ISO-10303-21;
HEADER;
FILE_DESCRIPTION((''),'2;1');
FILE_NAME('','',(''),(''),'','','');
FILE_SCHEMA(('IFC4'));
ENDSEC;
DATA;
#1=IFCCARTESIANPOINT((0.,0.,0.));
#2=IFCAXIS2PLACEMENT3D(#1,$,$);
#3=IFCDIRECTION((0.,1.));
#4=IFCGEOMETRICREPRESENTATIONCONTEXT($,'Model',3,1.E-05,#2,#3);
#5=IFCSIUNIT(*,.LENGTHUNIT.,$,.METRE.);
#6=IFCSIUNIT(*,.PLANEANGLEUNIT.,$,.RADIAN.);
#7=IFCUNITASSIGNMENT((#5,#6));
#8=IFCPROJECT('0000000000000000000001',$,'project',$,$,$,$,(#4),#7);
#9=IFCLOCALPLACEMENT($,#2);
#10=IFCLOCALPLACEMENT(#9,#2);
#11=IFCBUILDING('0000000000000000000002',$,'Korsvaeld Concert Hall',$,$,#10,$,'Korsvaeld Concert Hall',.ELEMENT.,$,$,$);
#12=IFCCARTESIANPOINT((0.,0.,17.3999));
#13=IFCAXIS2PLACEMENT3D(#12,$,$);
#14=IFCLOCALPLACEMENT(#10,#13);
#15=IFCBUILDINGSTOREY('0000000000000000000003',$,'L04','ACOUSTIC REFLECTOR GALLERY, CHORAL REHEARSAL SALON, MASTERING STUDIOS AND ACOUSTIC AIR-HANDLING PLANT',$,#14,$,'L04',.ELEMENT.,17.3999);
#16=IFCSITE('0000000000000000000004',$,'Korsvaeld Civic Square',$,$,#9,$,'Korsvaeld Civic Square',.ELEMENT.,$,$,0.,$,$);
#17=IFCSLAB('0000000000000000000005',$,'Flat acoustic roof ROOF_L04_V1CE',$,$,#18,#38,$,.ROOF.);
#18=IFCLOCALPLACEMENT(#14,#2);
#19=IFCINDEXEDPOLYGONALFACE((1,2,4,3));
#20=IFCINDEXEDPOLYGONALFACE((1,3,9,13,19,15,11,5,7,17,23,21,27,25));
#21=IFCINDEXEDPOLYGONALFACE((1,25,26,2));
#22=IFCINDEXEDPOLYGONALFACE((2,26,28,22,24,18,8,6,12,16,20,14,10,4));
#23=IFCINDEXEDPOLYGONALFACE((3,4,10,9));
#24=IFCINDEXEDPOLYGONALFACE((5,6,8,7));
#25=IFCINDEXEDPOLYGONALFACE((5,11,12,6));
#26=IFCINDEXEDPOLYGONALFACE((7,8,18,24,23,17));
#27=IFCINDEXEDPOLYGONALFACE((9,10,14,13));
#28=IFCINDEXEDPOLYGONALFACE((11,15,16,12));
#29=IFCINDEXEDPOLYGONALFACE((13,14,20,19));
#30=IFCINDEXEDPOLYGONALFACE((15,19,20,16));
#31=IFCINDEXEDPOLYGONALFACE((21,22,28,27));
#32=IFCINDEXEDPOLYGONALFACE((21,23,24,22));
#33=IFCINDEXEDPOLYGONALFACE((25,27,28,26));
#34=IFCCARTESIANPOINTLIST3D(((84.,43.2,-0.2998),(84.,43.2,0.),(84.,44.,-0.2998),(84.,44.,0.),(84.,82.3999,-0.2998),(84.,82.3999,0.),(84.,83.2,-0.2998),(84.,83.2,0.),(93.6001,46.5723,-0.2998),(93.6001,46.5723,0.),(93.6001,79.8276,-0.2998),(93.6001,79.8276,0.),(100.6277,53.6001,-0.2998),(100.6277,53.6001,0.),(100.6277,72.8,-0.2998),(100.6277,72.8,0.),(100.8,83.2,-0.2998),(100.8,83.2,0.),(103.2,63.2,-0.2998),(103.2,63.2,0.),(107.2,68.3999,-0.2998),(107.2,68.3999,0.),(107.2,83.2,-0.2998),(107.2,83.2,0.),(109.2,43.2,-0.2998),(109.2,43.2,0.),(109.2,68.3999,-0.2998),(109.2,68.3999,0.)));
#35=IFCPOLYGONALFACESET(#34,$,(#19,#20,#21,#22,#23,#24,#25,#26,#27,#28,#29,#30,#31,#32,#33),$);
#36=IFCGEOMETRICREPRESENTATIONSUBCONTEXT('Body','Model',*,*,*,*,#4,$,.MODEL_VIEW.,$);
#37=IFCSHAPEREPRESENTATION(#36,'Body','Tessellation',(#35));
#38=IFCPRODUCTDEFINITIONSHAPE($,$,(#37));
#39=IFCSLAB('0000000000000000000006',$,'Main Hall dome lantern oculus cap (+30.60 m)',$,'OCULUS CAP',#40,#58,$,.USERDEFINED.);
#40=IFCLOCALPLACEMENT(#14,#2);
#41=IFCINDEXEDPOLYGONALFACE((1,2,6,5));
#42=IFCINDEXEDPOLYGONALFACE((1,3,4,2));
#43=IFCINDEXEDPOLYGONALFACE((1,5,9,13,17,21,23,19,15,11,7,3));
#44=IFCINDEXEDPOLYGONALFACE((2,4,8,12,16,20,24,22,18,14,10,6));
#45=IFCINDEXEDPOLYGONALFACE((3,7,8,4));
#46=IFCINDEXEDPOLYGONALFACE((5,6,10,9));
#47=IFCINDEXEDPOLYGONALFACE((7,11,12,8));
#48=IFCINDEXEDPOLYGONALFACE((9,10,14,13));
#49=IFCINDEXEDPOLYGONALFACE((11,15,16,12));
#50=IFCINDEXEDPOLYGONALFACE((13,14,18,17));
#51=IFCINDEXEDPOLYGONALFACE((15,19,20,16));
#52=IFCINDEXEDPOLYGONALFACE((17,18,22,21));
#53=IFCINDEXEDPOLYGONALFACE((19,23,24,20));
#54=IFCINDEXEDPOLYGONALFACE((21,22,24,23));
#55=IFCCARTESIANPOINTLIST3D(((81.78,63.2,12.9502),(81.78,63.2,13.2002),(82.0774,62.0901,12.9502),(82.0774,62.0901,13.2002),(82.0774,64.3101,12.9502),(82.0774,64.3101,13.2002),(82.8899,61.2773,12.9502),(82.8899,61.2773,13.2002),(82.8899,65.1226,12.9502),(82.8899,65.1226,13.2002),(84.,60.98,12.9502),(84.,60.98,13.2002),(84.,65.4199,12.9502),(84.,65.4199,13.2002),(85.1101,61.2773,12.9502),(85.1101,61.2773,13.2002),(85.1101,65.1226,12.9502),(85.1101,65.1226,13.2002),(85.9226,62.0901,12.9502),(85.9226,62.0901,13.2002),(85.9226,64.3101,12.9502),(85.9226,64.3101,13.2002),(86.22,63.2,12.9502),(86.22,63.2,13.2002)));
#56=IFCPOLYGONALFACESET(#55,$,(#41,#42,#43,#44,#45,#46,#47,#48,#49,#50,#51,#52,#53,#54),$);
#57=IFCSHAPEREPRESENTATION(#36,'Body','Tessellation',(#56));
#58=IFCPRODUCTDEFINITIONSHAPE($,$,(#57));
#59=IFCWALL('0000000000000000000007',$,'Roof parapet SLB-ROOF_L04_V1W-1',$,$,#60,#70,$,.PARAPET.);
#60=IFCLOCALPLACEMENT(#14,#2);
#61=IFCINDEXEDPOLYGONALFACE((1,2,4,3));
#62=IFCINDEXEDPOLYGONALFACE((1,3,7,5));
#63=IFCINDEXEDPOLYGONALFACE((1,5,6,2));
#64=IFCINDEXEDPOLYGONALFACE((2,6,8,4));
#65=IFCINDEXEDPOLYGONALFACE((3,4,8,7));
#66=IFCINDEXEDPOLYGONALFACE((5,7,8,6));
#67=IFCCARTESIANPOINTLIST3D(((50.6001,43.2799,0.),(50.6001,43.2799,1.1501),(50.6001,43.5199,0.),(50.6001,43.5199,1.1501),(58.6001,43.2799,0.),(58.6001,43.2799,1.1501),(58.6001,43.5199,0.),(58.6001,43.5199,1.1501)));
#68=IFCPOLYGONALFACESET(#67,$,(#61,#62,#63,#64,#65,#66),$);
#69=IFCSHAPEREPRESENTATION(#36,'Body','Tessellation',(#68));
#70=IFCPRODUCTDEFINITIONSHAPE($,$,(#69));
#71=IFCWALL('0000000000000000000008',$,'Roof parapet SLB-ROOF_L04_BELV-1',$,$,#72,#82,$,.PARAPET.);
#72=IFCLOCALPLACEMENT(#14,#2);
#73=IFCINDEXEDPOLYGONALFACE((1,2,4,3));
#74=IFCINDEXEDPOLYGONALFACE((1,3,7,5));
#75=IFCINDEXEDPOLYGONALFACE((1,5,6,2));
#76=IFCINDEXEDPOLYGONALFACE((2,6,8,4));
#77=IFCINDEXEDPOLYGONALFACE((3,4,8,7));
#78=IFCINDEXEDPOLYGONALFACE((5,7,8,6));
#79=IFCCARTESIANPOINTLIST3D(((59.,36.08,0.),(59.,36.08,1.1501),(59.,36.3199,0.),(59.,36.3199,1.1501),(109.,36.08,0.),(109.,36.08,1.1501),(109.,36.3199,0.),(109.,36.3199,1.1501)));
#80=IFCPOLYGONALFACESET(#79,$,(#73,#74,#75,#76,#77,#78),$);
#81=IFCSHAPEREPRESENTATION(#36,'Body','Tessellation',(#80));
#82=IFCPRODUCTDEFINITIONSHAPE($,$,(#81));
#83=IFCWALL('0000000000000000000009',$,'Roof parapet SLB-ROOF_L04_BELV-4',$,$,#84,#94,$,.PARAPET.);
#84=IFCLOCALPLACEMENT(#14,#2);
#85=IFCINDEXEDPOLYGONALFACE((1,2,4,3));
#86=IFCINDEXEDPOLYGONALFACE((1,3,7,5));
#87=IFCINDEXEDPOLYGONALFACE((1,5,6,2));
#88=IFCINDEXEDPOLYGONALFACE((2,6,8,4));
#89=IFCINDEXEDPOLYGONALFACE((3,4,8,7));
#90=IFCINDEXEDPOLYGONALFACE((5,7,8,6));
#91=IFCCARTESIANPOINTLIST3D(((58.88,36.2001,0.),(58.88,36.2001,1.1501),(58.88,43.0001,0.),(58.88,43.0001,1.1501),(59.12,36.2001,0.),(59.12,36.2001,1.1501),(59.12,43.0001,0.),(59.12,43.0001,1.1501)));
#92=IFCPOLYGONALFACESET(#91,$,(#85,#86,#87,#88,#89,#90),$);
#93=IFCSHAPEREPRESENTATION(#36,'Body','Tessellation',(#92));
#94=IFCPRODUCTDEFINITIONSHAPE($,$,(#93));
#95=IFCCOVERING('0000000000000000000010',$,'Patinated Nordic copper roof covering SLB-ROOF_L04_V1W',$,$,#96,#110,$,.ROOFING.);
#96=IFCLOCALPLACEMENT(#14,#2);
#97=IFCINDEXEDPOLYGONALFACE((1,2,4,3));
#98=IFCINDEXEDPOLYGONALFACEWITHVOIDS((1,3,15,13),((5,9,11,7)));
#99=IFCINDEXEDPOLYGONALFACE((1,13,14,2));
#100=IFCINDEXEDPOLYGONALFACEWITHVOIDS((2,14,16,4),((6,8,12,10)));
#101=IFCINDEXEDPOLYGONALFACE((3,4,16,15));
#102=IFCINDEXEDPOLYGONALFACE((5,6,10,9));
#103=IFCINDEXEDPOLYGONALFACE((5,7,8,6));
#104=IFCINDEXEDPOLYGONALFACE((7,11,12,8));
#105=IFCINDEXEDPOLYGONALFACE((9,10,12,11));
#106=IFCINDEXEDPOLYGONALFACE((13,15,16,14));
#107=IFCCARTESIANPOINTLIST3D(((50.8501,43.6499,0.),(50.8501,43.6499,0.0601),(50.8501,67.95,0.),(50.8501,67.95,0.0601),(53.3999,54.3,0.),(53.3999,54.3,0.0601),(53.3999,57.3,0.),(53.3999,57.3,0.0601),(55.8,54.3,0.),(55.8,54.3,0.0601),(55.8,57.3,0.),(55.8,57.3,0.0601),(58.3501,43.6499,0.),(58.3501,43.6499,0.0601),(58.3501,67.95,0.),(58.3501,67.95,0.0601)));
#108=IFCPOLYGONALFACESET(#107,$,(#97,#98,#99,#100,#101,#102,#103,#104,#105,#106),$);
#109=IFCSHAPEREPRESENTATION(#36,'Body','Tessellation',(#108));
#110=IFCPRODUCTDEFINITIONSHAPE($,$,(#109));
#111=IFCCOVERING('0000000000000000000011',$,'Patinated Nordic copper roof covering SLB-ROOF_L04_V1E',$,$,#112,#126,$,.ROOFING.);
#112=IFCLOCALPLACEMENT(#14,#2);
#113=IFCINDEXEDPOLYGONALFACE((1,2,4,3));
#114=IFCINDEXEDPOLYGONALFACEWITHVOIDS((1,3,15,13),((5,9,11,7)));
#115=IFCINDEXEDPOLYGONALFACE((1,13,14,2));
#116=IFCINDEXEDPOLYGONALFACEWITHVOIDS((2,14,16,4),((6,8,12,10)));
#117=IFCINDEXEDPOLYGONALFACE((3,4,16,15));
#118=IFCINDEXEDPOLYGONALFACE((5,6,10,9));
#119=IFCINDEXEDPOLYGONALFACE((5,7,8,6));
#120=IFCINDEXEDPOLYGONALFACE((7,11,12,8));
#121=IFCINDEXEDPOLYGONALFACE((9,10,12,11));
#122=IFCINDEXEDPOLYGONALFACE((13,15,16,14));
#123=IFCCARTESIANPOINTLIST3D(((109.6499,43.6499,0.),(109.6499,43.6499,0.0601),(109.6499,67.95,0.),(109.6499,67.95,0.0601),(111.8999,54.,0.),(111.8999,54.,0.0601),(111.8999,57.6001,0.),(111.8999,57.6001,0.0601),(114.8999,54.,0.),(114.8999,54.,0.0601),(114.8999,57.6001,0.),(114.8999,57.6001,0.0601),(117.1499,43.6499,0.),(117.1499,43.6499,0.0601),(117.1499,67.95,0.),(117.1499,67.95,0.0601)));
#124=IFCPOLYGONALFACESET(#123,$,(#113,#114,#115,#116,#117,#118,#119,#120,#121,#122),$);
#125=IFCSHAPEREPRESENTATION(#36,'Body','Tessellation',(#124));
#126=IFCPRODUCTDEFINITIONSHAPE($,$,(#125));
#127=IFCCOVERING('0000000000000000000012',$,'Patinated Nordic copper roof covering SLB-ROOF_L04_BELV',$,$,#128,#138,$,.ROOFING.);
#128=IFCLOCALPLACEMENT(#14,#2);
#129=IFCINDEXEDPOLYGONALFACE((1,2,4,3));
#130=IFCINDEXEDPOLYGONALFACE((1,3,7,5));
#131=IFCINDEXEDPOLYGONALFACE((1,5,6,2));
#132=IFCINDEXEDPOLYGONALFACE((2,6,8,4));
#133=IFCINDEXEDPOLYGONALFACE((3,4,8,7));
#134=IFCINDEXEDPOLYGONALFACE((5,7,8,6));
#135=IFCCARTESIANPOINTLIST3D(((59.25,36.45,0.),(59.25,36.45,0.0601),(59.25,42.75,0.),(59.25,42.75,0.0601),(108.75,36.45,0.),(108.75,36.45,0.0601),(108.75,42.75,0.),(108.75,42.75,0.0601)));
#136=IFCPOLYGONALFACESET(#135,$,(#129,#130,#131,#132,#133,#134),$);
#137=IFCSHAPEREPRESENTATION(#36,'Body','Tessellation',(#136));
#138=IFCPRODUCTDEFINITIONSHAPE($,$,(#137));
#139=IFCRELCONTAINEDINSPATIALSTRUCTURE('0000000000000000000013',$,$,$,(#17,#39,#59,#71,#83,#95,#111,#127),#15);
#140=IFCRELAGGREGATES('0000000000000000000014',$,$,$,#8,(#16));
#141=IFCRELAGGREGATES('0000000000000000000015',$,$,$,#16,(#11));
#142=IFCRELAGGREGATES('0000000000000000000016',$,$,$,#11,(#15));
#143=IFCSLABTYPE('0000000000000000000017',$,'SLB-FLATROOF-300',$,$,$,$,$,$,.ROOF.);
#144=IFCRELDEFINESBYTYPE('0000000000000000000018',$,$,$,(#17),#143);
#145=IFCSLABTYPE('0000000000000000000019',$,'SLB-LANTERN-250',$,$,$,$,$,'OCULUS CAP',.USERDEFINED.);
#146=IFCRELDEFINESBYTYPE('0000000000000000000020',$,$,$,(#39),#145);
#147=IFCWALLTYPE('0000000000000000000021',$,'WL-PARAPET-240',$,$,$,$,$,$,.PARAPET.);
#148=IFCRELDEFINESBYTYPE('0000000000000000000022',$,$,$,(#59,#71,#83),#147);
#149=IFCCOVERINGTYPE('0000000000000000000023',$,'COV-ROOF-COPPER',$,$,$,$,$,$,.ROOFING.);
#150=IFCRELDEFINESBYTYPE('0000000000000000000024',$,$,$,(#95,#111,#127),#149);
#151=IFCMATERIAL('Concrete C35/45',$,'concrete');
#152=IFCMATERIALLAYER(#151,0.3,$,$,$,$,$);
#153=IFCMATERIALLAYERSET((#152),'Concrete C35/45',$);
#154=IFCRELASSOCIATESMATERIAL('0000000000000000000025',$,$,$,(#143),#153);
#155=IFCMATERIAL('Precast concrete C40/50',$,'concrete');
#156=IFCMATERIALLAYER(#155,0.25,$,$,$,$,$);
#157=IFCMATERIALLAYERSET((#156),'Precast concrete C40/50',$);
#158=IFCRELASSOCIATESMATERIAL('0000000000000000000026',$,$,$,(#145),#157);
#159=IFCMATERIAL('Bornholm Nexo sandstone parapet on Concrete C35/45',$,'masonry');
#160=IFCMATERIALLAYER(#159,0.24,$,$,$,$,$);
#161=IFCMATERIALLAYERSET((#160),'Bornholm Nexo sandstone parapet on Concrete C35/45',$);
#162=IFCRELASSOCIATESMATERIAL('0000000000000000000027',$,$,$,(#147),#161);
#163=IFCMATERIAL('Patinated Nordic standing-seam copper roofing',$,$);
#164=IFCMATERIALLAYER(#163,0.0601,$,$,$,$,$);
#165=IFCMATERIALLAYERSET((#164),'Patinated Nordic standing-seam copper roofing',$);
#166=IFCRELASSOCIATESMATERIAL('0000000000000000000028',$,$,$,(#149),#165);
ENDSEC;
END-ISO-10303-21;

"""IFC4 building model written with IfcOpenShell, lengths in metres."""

from ifc_helpers import new_model, si_unit, direction, frame, frame_2d, origin, place, context, subcontext, project, spatial, polyline, rectangle, outline, extrude, material, layer, layer_set, type_object, element, save


model = new_model("IFC4")

# Units and contexts
model_context = context("Model", 3, precision=1e-05, world=origin(), true_north=direction((0.0, 1.0)))
body_context = subcontext(model_context, "Body", "Model", "MODEL_VIEW")
ifc_project = project(units=[si_unit("LENGTHUNIT", "METRE"), si_unit("PLANEANGLEUNIT", "RADIAN")], contexts=[model_context])

# Site, building, storey
site_placement = place(None, origin())
site = spatial("IfcSite", under=ifc_project, at=site_placement, Name="Korsvaeld Civic Square", LongName="Korsvaeld Civic Square", CompositionType="ELEMENT", RefElevation=0.0)
building_placement = place(site_placement, origin())
building = spatial("IfcBuilding", under=site, at=building_placement, Name="Korsvaeld Concert Hall", LongName="Korsvaeld Concert Hall", CompositionType="ELEMENT")
storey_placement = place(building_placement, frame((0.0, 0.0, 17.3999)))
storey = spatial("IfcBuildingStorey", under=building, at=storey_placement, Name="L04", Description="ACOUSTIC REFLECTOR GALLERY, CHORAL REHEARSAL SALON, MASTERING STUDIOS AND ACOUSTIC AIR-HANDLING PLANT", LongName="L04", CompositionType="ELEMENT", Elevation=17.3999)

# Slabs
ifc_material_1 = material(Name="Precast concrete C40/50", Category="concrete")
ifc_material_2 = material(Name="Concrete C35/45", Category="concrete")
ifc_layer_1 = layer(ifc_material_2, 0.3)
ifc_layer_set_1 = layer_set([ifc_layer_1], Name="Concrete C35/45")
slab_type_1 = type_object("IfcSlabType", Name="SLB-FLATROOF-300", PredefinedType="ROOF", material=ifc_layer_set_1)
slab_1_placement = place(storey_placement, frame((0.0, 0.0, -0.2998)))
element("IfcSlab", 1, at=slab_1_placement, inside=storey, type_object=slab_type_1, Name="Flat acoustic roof ROOF_L04_V1CE", PredefinedType="ROOF", context=body_context, shape_type="SweptSolid", body=[
    extrude(outline(polyline([(107.2, 68.3999), (109.2, 68.3999), (109.2, 43.2), (84.0, 43.2), (84.0, 44.0), (93.6001, 46.5723), (100.6277, 53.6001), (103.2, 63.2), (100.6277, 72.8), (93.6001, 79.8276), (84.0, 82.3999), (84.0, 83.2), (100.8, 83.2), (107.2, 83.2), (107.2, 68.3999)])), origin(), (0.0, 0.0, 1.0), 0.2998),
])
ifc_layer_2 = layer(ifc_material_1, 0.25)
ifc_layer_set_2 = layer_set([ifc_layer_2], Name="Precast concrete C40/50")
slab_type_2 = type_object("IfcSlabType", Name="SLB-LANTERN-250", ElementType="OCULUS CAP", PredefinedType="USERDEFINED", material=ifc_layer_set_2)
slab_2_placement = place(storey_placement, frame((0.0, 0.0, 12.9502)))
element("IfcSlab", 2, at=slab_2_placement, inside=storey, type_object=slab_type_2, Name="Main Hall dome lantern oculus cap (+30.60 m)", ObjectType="OCULUS CAP", PredefinedType="USERDEFINED", context=body_context, shape_type="SweptSolid", body=[
    extrude(outline(polyline([(86.22, 63.2), (85.9226, 64.3101), (85.1101, 65.1226), (84.0, 65.4199), (82.8899, 65.1226), (82.0774, 64.3101), (81.78, 63.2), (82.0774, 62.0901), (82.8899, 61.2773), (84.0, 60.98), (85.1101, 61.2773), (85.9226, 62.0901), (86.22, 63.2)])), origin(), (0.0, 0.0, 1.0), 0.25),
])

# Walls
ifc_material_3 = material(Name="Bornholm Nexo sandstone parapet on Concrete C35/45", Category="masonry")
ifc_layer_3 = layer(ifc_material_3, 0.24)
ifc_layer_set_3 = layer_set([ifc_layer_3], Name="Bornholm Nexo sandstone parapet on Concrete C35/45")
wall_type = type_object("IfcWallType", Name="WL-PARAPET-240", PredefinedType="PARAPET", material=ifc_layer_set_3)
wall_1_placement = place(storey_placement, frame((50.6001, 43.3999, 0.0), z_axis=(0.0, 0.0, 1.0), x_axis=(1.0, 0.0, 0.0)))
element("IfcWall", 3, at=wall_1_placement, inside=storey, type_object=wall_type, Name="Roof parapet SLB-ROOF_L04_V1W-1", PredefinedType="PARAPET", context=body_context, shape_type="SweptSolid", body=[
    extrude(rectangle(XDim=8.0, YDim=0.24, at=frame_2d((4.0, 0.0))), origin(), (0.0, 0.0, 1.0), 1.1501),
])
wall_2_placement = place(storey_placement, frame((59.0, 36.2, 0.0), z_axis=(0.0, 0.0, 1.0), x_axis=(1.0, 0.0, 0.0)))
element("IfcWall", 4, at=wall_2_placement, inside=storey, type_object=wall_type, Name="Roof parapet SLB-ROOF_L04_BELV-1", PredefinedType="PARAPET", context=body_context, shape_type="SweptSolid", body=[
    extrude(rectangle(XDim=50.0, YDim=0.24, at=frame_2d((25.0, 0.0))), origin(), (0.0, 0.0, 1.0), 1.1501),
])
wall_3_placement = place(storey_placement, frame((59.0, 43.0, 0.0), z_axis=(0.0, 0.0, 1.0), x_axis=(0.0, -1.0, 0.0)))
element("IfcWall", 5, at=wall_3_placement, inside=storey, type_object=wall_type, Name="Roof parapet SLB-ROOF_L04_BELV-4", PredefinedType="PARAPET", context=body_context, shape_type="SweptSolid", body=[
    extrude(rectangle(XDim=6.8, YDim=0.24, at=frame_2d((3.3999, 0.0))), origin(), (0.0, 0.0, 1.0), 1.1501),
])

# Coverings
ifc_material_4 = material(Name="Patinated Nordic standing-seam copper roofing")
ifc_layer_4 = layer(ifc_material_4, 0.0601)
ifc_layer_set_4 = layer_set([ifc_layer_4], Name="Patinated Nordic standing-seam copper roofing")
covering_type_1 = type_object("IfcCoveringType", Name="COV-ROOF-COPPER", PredefinedType="ROOFING", material=ifc_layer_set_4)
covering_1_placement = place(storey_placement, origin())
element("IfcCovering", 6, at=covering_1_placement, inside=storey, type_object=covering_type_1, Name="Patinated Nordic copper roof covering SLB-ROOF_L04_V1W", PredefinedType="ROOFING", context=body_context, shape_type="SweptSolid", body=[
    extrude(outline(polyline([(50.8501, 67.95), (58.3501, 67.95), (58.3501, 43.6499), (50.8501, 43.6499), (50.8501, 67.95)]), holes=[polyline([(53.3999, 54.3), (55.8, 54.3), (55.8, 57.3), (53.3999, 57.3), (53.3999, 54.3)])]), origin(), (0.0, 0.0, 1.0), 0.0601),
])
covering_2_placement = place(storey_placement, origin())
element("IfcCovering", 7, at=covering_2_placement, inside=storey, type_object=covering_type_1, Name="Patinated Nordic copper roof covering SLB-ROOF_L04_V1E", PredefinedType="ROOFING", context=body_context, shape_type="SweptSolid", body=[
    extrude(outline(polyline([(109.6499, 67.95), (117.1499, 67.95), (117.1499, 43.6499), (109.6499, 43.6499), (109.6499, 67.95)]), holes=[polyline([(111.8999, 54.0), (114.8999, 54.0), (114.8999, 57.6001), (111.8999, 57.6001), (111.8999, 54.0)])]), origin(), (0.0, 0.0, 1.0), 0.0601),
])
covering_3_placement = place(storey_placement, origin())
element("IfcCovering", 8, at=covering_3_placement, inside=storey, type_object=covering_type_1, Name="Patinated Nordic copper roof covering SLB-ROOF_L04_BELV", PredefinedType="ROOFING", context=body_context, shape_type="SweptSolid", body=[
    extrude(outline(polyline([(108.75, 36.45), (59.25, 36.45), (59.25, 42.75), (108.75, 42.75), (108.75, 36.45)])), origin(), (0.0, 0.0, 1.0), 0.0601),
])

save(model, "model.ifc")
